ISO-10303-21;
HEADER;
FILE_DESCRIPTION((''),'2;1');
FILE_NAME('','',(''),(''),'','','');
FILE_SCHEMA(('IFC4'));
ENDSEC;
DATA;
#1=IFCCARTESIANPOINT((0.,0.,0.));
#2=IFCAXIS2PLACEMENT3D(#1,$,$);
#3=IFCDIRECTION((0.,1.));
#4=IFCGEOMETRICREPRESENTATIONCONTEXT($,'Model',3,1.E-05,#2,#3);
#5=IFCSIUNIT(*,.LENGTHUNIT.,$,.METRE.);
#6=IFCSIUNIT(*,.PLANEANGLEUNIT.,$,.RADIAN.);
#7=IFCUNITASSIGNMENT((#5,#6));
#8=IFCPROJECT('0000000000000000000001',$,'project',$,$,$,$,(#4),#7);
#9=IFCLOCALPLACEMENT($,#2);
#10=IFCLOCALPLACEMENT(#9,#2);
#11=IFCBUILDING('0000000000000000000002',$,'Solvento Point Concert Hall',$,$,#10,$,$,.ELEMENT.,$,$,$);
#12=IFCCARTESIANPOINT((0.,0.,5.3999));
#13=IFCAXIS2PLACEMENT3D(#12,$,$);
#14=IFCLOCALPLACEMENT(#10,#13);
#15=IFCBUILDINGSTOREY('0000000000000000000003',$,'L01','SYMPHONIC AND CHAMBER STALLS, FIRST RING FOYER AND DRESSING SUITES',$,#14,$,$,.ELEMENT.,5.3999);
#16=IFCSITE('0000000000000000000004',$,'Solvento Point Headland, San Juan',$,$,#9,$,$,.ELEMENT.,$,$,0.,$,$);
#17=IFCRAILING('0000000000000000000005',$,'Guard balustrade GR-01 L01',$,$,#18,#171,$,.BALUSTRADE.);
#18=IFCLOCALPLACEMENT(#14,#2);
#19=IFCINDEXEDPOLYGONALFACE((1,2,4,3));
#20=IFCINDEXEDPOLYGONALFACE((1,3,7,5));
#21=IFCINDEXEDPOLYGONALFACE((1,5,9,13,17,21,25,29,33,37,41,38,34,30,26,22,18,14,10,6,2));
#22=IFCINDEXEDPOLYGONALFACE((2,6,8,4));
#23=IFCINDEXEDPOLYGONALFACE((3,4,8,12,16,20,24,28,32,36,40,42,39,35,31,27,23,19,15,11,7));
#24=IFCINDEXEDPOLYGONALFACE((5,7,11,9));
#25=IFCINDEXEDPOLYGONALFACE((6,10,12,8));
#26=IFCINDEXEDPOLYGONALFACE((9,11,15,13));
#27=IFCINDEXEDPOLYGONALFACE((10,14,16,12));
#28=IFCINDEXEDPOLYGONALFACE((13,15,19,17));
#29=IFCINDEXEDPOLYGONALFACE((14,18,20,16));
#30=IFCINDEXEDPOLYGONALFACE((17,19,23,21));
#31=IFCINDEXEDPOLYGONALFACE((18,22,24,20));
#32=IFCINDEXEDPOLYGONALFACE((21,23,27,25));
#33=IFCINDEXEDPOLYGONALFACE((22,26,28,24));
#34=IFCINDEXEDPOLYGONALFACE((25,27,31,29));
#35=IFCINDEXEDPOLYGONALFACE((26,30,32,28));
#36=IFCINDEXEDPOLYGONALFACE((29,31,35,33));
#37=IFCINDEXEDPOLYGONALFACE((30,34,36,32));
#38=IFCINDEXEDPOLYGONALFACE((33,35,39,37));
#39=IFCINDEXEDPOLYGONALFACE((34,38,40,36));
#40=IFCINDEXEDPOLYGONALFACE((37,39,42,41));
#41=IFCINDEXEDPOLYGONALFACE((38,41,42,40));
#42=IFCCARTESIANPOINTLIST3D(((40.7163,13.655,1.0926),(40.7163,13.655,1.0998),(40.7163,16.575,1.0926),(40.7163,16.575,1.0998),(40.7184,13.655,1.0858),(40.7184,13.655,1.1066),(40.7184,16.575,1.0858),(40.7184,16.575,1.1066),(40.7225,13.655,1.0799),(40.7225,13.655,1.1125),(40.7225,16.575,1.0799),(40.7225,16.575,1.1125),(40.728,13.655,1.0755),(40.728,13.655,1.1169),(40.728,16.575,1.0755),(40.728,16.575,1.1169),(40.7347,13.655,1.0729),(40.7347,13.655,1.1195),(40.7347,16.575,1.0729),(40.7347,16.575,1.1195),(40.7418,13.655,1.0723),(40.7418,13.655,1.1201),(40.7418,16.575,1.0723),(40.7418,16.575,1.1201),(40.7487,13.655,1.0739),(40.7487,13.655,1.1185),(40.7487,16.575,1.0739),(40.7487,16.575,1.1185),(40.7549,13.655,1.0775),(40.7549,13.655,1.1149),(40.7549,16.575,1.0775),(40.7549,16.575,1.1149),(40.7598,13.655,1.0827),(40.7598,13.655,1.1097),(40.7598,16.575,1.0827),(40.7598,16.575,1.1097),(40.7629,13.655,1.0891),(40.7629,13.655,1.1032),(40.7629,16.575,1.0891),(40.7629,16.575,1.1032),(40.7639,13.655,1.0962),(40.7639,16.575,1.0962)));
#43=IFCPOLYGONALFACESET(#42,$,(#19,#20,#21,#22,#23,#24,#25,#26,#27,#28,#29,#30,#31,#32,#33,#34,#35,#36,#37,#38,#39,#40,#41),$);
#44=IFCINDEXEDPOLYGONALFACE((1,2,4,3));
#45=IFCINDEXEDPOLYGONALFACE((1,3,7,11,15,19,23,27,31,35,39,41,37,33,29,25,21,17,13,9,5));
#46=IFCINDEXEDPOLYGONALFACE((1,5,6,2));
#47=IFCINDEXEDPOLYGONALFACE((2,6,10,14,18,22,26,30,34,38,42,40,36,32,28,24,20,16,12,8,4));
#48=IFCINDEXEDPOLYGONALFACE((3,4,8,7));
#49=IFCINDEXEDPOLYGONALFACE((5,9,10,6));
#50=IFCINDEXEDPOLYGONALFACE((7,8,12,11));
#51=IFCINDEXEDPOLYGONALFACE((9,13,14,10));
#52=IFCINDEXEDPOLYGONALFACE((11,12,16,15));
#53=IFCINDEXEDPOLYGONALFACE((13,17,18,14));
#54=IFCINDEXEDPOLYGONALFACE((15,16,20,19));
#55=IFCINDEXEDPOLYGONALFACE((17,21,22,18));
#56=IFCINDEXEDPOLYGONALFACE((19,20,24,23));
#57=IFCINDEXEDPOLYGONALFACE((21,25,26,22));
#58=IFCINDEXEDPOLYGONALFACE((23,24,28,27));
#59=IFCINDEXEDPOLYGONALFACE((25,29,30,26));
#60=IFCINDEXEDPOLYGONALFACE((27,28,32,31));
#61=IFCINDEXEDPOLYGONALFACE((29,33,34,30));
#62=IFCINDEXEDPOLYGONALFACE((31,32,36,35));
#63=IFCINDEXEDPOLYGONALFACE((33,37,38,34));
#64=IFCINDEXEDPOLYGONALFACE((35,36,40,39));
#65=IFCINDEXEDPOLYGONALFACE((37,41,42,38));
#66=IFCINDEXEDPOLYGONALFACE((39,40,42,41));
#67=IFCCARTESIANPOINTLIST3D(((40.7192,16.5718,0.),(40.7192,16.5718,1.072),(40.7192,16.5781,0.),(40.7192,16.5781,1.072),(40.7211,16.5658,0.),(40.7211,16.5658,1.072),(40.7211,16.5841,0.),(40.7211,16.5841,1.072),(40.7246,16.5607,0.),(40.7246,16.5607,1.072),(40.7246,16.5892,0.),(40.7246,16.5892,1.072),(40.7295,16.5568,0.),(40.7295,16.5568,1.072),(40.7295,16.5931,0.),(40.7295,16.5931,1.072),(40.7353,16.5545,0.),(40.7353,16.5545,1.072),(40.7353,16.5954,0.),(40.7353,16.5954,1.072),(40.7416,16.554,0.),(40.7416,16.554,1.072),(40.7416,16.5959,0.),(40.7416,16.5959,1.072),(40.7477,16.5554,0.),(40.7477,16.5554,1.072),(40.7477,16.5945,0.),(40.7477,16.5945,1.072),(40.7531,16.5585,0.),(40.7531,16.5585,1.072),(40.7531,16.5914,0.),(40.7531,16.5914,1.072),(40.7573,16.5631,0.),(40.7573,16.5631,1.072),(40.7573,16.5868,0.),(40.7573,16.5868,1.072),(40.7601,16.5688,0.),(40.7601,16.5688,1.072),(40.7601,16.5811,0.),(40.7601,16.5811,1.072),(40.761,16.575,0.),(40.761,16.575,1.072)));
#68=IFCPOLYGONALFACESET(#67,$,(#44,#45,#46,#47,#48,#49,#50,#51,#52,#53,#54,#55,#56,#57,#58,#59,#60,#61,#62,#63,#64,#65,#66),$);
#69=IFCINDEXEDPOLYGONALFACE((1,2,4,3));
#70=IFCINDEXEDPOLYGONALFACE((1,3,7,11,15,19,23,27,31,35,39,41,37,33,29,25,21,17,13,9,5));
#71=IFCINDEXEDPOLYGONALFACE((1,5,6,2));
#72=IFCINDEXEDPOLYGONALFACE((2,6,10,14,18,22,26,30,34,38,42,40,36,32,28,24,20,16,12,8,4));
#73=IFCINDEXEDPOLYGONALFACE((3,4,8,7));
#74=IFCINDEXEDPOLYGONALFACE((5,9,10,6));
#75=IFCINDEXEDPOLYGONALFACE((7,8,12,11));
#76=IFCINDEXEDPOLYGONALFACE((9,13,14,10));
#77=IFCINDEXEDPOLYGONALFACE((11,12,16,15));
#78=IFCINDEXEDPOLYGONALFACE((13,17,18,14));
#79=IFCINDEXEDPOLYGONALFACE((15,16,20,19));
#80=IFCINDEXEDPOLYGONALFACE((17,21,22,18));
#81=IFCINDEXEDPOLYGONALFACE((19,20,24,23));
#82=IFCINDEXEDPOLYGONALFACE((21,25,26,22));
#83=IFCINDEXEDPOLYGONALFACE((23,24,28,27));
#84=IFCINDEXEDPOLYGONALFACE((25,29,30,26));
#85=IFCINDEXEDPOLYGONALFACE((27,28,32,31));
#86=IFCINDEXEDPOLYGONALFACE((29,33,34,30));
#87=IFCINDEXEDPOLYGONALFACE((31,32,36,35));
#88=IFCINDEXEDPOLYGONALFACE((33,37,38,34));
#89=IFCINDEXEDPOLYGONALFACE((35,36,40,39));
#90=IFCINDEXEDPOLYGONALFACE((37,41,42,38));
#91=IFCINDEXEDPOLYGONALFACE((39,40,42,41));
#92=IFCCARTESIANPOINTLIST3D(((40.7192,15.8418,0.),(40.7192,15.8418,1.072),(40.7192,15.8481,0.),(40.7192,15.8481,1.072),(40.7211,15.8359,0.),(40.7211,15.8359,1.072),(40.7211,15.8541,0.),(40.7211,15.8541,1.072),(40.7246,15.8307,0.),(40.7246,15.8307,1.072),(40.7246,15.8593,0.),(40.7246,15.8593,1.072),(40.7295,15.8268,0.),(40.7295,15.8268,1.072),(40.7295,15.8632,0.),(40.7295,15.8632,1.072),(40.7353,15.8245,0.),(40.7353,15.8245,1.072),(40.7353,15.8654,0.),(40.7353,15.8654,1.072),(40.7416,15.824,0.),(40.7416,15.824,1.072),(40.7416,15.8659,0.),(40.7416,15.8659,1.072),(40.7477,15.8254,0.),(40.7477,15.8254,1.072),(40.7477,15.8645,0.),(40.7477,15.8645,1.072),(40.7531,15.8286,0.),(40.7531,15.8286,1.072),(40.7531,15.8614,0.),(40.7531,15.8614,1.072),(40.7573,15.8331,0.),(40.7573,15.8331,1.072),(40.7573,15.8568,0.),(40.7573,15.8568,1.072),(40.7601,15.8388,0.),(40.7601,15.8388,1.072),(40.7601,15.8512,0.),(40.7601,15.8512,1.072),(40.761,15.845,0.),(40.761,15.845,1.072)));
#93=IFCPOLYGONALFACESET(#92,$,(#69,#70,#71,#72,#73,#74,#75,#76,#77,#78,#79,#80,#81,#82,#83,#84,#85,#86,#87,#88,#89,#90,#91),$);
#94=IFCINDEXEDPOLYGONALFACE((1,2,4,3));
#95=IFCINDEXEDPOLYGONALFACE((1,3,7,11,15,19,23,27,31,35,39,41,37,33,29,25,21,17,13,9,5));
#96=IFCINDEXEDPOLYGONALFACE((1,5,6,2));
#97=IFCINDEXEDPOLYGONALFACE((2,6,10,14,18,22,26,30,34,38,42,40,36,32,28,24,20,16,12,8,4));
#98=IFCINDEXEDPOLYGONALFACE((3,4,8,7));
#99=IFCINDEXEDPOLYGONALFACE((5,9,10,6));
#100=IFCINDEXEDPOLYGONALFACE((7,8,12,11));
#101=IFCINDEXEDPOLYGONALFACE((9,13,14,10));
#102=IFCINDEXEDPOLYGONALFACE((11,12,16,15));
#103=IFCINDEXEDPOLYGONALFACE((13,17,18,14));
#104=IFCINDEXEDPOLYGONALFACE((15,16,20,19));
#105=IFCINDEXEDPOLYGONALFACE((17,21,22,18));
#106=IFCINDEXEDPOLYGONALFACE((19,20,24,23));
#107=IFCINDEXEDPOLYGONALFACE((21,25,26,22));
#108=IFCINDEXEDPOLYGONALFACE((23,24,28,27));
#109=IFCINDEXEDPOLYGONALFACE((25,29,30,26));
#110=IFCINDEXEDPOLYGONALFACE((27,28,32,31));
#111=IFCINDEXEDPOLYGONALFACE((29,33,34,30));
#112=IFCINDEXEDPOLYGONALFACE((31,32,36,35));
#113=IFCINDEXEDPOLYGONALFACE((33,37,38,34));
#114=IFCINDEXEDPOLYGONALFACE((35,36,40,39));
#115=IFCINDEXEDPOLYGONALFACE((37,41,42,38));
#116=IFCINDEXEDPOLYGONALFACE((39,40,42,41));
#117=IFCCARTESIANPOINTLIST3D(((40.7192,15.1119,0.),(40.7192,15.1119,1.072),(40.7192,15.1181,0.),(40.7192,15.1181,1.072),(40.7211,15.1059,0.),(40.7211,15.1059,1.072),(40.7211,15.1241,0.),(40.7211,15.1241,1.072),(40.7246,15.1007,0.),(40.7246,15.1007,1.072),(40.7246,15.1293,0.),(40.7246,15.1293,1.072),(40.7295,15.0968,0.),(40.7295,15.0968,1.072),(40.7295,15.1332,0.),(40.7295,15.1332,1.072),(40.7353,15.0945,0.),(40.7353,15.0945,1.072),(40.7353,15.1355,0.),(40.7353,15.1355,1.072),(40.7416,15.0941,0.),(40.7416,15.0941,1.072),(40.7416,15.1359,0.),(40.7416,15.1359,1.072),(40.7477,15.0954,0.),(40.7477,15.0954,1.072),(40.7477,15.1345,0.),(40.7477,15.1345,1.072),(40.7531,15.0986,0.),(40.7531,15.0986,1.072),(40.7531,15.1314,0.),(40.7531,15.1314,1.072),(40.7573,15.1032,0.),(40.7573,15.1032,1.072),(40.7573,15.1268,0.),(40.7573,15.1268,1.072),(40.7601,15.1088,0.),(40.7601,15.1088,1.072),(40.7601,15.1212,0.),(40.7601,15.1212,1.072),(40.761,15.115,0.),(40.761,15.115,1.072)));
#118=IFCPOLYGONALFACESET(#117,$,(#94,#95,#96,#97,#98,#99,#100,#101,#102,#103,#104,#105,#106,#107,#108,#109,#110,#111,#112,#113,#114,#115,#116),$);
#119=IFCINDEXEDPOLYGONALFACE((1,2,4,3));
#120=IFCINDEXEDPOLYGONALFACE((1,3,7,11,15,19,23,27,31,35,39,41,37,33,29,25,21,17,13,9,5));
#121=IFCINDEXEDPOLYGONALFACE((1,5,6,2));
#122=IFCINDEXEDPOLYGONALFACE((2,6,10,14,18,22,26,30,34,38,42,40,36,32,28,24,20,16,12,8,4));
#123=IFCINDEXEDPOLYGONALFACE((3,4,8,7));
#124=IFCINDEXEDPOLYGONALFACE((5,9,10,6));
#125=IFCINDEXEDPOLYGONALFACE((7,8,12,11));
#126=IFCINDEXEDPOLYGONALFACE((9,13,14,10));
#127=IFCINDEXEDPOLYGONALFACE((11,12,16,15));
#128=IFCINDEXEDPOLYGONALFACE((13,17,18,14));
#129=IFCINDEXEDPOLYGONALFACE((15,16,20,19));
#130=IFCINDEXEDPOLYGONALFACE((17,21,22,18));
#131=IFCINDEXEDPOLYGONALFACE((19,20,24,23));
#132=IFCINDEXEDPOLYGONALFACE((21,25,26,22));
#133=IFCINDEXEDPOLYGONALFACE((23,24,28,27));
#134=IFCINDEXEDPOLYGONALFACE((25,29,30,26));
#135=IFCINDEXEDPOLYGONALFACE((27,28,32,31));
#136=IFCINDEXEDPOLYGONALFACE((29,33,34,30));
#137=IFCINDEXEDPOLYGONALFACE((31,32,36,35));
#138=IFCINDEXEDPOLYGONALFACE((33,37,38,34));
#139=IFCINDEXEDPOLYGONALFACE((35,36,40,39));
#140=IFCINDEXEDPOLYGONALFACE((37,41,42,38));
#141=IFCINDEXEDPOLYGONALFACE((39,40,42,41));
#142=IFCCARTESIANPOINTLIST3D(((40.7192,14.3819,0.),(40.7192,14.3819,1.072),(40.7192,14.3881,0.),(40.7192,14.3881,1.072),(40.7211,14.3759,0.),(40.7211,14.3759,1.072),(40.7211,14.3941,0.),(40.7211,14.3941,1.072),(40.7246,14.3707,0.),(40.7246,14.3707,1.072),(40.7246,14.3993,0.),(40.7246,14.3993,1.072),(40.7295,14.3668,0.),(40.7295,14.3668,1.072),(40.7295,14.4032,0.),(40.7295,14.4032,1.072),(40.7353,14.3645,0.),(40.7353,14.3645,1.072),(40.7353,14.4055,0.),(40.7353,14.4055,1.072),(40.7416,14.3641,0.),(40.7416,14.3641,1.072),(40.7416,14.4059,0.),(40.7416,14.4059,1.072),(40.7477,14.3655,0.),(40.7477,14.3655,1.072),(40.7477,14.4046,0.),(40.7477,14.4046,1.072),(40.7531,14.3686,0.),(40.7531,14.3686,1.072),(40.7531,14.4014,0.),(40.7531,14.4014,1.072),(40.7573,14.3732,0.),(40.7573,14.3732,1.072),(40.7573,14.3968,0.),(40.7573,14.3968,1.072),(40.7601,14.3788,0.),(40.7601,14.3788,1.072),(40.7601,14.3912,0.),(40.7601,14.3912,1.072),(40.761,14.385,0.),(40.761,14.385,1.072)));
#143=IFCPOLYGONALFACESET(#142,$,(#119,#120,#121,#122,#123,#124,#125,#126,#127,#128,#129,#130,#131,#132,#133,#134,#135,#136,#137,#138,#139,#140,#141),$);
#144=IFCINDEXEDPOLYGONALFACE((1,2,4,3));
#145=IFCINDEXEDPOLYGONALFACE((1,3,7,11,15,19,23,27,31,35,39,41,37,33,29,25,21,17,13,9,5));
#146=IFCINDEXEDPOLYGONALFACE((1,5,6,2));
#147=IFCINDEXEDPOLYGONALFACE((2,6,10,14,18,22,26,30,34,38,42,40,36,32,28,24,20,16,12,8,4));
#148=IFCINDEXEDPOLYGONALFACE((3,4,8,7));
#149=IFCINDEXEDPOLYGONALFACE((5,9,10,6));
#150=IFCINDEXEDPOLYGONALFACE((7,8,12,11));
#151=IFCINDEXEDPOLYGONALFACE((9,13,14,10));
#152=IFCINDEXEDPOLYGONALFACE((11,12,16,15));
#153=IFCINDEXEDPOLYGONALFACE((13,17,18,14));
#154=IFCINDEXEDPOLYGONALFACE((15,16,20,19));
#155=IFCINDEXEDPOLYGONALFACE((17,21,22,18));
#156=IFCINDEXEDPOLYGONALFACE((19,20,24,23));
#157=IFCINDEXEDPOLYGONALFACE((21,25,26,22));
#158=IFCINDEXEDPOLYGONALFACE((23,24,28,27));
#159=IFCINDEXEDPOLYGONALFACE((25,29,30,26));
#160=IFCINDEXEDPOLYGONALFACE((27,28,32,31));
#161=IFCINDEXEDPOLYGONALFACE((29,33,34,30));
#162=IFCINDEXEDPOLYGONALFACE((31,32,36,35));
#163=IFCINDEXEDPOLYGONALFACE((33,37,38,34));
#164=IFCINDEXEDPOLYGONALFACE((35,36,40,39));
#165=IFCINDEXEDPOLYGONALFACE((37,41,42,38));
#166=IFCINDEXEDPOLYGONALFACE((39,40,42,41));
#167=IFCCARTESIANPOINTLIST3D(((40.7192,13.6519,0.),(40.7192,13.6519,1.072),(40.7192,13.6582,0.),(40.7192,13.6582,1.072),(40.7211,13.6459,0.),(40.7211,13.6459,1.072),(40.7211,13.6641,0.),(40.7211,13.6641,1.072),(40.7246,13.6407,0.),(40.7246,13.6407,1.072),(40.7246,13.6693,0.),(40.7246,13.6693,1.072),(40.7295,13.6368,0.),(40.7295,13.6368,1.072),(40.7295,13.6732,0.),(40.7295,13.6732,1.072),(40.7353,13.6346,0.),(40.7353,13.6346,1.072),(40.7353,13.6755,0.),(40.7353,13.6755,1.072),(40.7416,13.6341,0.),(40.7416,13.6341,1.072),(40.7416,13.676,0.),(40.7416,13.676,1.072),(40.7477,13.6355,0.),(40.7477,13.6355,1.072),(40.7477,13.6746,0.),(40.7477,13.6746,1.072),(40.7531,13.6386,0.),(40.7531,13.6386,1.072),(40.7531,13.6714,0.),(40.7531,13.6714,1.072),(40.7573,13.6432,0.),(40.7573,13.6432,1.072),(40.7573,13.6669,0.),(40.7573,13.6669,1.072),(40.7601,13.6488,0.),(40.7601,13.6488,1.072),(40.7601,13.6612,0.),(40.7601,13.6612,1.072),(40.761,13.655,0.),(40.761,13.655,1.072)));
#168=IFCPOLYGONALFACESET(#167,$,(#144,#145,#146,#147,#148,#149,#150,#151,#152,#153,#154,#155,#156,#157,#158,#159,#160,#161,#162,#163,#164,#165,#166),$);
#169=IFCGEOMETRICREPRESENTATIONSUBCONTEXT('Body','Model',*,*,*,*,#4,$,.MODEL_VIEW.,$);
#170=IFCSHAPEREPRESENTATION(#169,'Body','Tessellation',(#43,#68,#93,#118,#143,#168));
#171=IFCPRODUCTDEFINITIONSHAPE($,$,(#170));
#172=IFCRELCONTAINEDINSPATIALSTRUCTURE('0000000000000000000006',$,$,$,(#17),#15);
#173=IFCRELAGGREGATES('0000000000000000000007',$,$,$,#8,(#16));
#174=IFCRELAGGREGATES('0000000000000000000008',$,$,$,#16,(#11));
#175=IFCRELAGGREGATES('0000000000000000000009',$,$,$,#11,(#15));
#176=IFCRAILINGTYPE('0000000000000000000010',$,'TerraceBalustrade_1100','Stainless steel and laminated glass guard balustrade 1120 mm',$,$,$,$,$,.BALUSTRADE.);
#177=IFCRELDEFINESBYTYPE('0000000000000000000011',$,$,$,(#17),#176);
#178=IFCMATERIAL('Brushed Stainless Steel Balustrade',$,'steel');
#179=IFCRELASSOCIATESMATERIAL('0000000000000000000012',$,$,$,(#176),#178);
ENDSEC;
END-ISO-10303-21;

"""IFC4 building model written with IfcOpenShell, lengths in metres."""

from ifc_helpers import new_model, si_unit, direction, frame, origin, origin_2d, place, context, subcontext, project, spatial, circle, extrude, material, type_object, element, save


model = new_model("IFC4")

# Units and contexts
model_context = context("Model", 3, precision=1e-05, world=origin(), true_north=direction((0.0, 1.0)))
body_context = subcontext(model_context, "Body", "Model", "MODEL_VIEW")
ifc_project = project(units=[si_unit("LENGTHUNIT", "METRE"), si_unit("PLANEANGLEUNIT", "RADIAN")], contexts=[model_context])

# Site, building, storey
site_placement = place(None, origin())
site = spatial("IfcSite", under=ifc_project, at=site_placement, Name="Solvento Point Headland, San Juan", CompositionType="ELEMENT", RefElevation=0.0)
building_placement = place(site_placement, origin())
building = spatial("IfcBuilding", under=site, at=building_placement, Name="Solvento Point Concert Hall", CompositionType="ELEMENT")
storey_placement = place(building_placement, frame((0.0, 0.0, 5.3999)))
storey = spatial("IfcBuildingStorey", under=building, at=storey_placement, Name="L01", Description="SYMPHONIC AND CHAMBER STALLS, FIRST RING FOYER AND DRESSING SUITES", CompositionType="ELEMENT", Elevation=5.3999)

# Railing
ifc_material_1 = material(Name="Brushed Stainless Steel Balustrade", Category="steel")
railing_type = type_object("IfcRailingType", Name="TerraceBalustrade_1100", Description="Stainless steel and laminated glass guard balustrade 1120 mm", PredefinedType="BALUSTRADE", material=ifc_material_1)
railing_1_placement = place(storey_placement, frame((40.74, 16.575, 0.0)))
element("IfcRailing", 1, at=railing_1_placement, inside=storey, type_object=railing_type, Name="Guard balustrade GR-01 L01", PredefinedType="BALUSTRADE", context=body_context, shape_type="SweptSolid", body=[
    extrude(circle(Radius=0.0239, at=origin_2d()), frame((0.0, 0.0, 1.0962), z_axis=(0.0, -1.0, 0.0), x_axis=(1.0, 0.0, 0.0)), (0.0, 0.0, 1.0), 2.9199),
    extrude(circle(Radius=0.021, at=origin_2d()), origin(), (0.0, 0.0, 1.0), 1.072),
    extrude(circle(Radius=0.021, at=origin_2d()), frame((0.0, -0.73, 0.0)), (0.0, 0.0, 1.0), 1.072),
    extrude(circle(Radius=0.021, at=origin_2d()), frame((0.0, -1.46, 0.0)), (0.0, 0.0, 1.0), 1.072),
    extrude(circle(Radius=0.021, at=origin_2d()), frame((0.0, -2.1899, 0.0)), (0.0, 0.0, 1.0), 1.072),
    extrude(circle(Radius=0.021, at=origin_2d()), frame((0.0, -2.9199, 0.0)), (0.0, 0.0, 1.0), 1.072),
])

save(model, "model.ifc")
